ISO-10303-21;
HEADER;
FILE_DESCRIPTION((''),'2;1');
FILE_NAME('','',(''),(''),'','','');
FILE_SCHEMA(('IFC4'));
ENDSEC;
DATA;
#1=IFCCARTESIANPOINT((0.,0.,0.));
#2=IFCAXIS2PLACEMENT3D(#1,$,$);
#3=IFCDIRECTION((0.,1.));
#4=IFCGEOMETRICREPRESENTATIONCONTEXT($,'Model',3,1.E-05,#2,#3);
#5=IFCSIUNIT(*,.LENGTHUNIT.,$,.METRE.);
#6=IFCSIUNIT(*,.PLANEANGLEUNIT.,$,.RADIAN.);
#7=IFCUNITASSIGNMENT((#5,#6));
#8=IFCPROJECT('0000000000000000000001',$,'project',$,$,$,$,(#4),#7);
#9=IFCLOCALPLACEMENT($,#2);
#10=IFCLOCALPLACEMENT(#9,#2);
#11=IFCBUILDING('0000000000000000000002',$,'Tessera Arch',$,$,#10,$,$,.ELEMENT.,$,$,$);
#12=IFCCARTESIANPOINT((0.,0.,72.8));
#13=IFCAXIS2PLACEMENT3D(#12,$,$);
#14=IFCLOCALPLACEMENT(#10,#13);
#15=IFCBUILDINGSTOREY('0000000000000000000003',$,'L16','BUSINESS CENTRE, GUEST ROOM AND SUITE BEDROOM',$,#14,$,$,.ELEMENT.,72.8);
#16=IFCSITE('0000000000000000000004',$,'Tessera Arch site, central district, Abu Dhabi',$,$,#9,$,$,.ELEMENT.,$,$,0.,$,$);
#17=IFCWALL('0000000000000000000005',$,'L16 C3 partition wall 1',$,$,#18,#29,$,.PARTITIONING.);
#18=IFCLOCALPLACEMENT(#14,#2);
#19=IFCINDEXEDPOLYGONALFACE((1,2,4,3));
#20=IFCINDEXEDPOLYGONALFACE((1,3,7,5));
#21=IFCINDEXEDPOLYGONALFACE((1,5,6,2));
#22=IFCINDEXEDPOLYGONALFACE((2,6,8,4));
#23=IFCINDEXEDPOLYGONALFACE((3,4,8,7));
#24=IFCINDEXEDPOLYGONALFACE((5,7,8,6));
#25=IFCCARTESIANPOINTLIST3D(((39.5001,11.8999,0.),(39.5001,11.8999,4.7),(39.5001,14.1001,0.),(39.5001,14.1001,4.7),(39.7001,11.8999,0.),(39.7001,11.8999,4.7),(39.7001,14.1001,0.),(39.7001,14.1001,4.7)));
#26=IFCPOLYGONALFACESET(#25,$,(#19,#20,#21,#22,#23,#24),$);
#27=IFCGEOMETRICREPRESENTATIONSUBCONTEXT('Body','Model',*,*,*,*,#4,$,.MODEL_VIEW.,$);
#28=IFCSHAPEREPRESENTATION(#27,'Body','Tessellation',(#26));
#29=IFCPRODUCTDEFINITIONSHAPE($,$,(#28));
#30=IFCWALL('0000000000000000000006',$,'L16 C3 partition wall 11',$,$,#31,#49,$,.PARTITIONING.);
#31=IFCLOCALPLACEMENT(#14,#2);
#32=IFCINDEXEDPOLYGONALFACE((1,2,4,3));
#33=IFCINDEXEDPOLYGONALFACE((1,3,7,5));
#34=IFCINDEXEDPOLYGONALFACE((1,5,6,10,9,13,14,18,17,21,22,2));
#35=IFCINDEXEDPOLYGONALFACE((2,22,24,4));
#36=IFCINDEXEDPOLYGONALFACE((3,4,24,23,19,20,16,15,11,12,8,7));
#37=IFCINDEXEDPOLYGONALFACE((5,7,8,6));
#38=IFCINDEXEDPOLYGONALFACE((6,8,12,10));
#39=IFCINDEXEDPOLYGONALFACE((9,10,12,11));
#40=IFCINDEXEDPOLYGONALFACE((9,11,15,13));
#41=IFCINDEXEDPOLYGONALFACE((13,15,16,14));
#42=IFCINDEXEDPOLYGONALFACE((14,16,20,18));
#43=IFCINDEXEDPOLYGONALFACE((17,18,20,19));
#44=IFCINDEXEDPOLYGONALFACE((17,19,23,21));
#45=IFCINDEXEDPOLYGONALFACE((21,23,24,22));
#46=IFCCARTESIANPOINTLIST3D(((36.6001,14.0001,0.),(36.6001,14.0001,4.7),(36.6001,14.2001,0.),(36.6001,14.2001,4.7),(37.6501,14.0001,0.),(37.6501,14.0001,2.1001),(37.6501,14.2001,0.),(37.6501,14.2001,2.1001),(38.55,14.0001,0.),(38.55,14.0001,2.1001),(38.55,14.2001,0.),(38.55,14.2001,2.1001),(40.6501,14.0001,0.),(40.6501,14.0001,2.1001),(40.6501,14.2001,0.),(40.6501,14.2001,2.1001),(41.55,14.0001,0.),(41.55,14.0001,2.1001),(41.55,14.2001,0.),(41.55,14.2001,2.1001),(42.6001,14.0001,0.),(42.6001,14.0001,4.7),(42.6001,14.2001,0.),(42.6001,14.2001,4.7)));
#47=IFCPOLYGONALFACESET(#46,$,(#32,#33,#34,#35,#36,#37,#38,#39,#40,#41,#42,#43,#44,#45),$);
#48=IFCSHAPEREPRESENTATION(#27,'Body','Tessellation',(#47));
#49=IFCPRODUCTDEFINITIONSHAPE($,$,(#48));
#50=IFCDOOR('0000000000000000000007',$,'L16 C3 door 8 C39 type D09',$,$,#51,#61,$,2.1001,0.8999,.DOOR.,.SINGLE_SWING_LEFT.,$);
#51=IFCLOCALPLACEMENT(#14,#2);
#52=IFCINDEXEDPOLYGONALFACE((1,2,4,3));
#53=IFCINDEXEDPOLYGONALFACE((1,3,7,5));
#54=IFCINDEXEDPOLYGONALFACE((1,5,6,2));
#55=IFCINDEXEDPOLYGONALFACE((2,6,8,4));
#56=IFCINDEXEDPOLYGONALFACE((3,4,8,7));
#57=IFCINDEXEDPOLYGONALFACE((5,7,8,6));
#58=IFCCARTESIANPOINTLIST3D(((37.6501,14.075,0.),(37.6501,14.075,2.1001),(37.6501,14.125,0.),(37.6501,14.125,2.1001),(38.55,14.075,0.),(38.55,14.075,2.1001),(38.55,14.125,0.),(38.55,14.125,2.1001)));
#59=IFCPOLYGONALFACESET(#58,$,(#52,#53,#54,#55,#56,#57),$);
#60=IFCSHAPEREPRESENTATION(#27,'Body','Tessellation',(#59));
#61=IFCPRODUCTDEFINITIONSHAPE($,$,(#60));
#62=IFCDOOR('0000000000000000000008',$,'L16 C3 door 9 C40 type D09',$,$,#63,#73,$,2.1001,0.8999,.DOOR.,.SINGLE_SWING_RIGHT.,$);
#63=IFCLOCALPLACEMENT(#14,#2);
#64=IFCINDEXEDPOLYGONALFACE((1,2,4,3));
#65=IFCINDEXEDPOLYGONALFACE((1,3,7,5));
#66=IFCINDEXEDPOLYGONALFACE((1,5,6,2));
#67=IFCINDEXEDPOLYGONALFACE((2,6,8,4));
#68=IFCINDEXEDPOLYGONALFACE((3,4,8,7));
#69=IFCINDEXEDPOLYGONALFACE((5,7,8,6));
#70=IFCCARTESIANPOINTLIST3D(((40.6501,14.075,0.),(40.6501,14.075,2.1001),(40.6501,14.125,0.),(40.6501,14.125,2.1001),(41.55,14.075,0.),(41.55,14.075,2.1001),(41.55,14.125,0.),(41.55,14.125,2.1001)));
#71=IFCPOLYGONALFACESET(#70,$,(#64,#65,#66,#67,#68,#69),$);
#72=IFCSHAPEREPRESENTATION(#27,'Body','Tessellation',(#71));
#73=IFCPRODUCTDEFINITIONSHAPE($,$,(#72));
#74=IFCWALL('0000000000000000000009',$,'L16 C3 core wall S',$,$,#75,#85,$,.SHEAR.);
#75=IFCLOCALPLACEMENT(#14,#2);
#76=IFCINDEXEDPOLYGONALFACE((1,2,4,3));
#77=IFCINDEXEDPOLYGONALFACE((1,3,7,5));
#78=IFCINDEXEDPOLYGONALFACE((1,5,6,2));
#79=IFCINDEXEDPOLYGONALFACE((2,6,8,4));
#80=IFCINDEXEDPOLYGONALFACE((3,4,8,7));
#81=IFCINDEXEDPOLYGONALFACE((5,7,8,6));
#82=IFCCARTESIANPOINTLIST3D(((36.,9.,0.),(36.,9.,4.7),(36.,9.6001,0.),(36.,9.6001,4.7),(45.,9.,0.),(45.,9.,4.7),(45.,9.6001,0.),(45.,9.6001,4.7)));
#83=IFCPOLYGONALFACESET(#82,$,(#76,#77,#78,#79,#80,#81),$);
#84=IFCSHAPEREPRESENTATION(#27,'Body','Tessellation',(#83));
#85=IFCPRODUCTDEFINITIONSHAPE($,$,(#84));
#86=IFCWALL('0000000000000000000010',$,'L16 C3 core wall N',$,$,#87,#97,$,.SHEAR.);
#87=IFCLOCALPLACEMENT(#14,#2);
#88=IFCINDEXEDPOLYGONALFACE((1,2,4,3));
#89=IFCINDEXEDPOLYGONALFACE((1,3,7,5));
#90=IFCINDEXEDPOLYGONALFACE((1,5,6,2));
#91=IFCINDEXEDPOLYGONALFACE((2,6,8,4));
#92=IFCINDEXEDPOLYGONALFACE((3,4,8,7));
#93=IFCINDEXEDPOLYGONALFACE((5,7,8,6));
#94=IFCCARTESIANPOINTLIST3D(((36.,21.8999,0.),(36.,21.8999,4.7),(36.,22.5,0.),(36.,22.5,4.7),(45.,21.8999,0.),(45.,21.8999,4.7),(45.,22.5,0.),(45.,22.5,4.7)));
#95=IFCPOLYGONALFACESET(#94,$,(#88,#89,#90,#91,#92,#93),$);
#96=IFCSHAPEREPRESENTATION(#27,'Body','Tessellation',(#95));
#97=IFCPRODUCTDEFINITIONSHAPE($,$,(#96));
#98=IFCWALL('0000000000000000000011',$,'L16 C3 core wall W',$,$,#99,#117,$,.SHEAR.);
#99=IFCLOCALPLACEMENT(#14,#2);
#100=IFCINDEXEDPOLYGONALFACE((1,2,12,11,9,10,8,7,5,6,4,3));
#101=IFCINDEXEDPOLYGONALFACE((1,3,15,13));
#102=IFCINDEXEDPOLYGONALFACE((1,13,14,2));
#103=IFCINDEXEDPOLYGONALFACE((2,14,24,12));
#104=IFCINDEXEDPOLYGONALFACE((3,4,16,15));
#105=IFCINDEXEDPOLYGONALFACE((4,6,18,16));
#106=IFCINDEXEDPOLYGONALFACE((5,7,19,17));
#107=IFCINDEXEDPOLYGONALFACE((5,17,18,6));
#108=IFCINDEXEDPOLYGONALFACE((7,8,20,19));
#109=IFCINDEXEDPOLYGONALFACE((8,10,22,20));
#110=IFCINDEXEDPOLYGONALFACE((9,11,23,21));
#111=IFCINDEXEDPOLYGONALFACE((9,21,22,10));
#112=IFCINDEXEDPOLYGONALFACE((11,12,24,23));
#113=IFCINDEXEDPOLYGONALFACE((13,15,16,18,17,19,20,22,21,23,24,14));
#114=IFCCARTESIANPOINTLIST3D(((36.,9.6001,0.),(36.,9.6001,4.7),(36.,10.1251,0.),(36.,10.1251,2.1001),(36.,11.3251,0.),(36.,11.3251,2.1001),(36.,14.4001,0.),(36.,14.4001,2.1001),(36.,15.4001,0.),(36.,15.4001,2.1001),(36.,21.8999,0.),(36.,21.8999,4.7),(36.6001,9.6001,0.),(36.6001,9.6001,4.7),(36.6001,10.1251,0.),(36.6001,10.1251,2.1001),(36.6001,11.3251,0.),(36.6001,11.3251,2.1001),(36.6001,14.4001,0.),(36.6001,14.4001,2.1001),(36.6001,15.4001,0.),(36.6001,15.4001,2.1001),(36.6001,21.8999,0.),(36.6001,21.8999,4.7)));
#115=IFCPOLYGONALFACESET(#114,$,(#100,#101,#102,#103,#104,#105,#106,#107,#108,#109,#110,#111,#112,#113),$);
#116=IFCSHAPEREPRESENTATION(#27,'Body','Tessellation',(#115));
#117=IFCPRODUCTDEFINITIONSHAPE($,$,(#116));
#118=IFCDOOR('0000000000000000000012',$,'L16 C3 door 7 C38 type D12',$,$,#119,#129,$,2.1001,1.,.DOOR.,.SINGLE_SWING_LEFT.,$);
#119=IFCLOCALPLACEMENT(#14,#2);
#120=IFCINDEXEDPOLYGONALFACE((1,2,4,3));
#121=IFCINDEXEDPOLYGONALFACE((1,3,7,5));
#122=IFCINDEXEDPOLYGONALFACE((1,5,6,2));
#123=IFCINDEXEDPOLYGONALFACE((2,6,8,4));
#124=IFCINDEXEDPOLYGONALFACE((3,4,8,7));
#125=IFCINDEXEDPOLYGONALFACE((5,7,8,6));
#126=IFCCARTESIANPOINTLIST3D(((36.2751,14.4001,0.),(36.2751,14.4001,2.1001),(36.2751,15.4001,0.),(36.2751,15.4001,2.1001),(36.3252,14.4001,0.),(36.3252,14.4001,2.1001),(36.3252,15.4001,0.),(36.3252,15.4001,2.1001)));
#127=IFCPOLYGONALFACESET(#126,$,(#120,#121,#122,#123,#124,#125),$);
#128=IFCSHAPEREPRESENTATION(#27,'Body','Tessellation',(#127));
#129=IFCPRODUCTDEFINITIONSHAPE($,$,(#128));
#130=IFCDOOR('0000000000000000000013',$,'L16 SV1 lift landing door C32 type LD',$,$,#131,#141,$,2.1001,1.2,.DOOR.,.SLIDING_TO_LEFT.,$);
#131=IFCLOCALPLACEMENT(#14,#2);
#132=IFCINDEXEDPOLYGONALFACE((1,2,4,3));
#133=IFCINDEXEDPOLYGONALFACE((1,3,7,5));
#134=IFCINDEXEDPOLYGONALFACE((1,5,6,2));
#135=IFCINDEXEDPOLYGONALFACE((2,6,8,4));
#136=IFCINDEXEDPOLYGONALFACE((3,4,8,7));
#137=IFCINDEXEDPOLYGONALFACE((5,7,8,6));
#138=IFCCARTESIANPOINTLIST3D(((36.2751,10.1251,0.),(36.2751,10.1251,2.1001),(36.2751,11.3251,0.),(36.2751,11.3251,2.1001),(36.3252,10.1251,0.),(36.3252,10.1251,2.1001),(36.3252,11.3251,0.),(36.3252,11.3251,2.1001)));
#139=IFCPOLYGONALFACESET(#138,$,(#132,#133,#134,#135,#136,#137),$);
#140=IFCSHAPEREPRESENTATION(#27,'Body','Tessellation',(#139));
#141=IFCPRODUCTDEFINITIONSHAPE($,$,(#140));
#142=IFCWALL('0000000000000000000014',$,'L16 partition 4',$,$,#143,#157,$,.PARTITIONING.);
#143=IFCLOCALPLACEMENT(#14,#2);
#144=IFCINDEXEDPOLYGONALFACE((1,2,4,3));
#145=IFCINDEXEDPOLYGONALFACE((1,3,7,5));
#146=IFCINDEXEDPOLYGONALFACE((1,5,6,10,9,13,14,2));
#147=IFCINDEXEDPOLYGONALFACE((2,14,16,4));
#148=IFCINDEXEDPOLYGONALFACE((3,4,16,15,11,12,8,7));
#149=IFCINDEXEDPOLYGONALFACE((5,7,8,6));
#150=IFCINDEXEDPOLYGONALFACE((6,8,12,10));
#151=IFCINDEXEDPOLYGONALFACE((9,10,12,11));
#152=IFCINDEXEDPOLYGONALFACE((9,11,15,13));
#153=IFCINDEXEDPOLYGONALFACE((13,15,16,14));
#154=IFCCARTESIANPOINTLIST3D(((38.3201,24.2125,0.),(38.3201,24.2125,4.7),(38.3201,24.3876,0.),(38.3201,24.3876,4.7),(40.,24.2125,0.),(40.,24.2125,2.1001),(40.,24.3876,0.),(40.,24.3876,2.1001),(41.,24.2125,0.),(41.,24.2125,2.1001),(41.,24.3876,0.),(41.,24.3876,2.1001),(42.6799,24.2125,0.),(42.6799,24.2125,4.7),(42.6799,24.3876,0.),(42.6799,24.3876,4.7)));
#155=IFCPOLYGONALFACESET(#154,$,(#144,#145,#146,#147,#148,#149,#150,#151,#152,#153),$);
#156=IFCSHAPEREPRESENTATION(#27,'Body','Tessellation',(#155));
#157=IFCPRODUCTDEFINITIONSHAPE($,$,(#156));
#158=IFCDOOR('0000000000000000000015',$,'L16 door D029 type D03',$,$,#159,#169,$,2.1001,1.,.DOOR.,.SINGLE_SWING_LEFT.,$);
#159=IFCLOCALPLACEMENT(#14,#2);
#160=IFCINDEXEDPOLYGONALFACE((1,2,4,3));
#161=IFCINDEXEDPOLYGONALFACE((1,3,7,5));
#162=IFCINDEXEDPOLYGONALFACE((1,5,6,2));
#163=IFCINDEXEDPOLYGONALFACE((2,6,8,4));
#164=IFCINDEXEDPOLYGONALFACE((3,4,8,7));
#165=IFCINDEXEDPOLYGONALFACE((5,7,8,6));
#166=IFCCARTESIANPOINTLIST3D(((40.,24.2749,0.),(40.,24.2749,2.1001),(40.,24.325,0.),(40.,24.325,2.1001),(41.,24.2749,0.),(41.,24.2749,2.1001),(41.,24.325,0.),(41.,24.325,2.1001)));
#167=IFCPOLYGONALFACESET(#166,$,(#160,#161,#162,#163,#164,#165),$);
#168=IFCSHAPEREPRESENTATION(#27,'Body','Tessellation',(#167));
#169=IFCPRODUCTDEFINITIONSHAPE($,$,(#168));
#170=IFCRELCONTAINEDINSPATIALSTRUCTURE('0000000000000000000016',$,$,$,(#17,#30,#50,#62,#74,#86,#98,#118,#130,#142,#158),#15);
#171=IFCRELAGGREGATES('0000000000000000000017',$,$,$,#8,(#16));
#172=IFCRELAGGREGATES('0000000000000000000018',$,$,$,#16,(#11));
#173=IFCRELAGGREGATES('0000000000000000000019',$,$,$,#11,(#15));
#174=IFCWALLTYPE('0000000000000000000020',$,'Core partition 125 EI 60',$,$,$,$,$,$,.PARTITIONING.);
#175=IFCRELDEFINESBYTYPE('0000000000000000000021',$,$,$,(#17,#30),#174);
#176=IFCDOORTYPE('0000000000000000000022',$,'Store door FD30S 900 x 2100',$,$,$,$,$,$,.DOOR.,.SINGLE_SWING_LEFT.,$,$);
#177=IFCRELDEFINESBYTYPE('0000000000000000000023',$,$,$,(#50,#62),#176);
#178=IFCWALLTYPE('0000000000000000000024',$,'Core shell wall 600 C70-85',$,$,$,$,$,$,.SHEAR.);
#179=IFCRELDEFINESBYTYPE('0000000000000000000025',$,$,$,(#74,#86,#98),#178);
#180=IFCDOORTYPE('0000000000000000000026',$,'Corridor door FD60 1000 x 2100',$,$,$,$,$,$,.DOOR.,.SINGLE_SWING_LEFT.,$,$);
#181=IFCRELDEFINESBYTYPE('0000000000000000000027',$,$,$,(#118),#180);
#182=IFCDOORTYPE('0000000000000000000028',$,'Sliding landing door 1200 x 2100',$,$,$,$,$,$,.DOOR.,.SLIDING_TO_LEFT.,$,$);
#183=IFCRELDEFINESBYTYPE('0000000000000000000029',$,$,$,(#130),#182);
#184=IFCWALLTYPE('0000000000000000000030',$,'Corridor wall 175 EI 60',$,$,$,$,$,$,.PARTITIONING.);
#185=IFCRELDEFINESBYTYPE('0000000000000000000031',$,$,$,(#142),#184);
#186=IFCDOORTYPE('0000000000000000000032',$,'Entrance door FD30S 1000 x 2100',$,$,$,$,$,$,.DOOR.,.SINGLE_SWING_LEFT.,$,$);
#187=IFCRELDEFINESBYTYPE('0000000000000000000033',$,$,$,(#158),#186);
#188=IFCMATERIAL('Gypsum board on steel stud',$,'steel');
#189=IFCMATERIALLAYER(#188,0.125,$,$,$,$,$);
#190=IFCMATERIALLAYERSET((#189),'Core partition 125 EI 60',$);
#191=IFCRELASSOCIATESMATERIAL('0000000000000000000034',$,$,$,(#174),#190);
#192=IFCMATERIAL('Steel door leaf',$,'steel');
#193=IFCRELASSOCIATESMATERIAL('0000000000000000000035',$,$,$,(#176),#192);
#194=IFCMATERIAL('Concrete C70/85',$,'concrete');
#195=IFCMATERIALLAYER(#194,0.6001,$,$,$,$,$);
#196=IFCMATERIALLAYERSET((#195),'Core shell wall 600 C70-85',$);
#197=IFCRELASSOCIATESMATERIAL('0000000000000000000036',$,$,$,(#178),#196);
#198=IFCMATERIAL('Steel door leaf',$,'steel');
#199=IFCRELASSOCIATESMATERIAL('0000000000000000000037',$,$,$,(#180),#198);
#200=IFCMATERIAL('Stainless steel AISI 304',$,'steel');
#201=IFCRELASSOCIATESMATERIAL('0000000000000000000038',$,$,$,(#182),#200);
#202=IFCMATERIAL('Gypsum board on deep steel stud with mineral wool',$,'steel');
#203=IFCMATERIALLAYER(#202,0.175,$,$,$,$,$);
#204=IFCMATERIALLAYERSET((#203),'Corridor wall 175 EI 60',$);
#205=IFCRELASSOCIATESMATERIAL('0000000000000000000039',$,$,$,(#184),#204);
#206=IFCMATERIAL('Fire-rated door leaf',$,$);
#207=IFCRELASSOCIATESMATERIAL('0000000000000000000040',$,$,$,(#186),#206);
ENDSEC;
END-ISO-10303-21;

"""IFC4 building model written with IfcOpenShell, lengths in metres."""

from ifc_helpers import new_model, si_unit, direction, frame, frame_2d, origin, place, context, subcontext, project, spatial, rectangle, extrude, material, layer, layer_set, type_object, element, fill, save


model = new_model("IFC4")

# Units and contexts
model_context = context("Model", 3, precision=1e-05, world=origin(), true_north=direction((0.0, 1.0)))
body_context = subcontext(model_context, "Body", "Model", "MODEL_VIEW")
ifc_project = project(units=[si_unit("LENGTHUNIT", "METRE"), si_unit("PLANEANGLEUNIT", "RADIAN")], contexts=[model_context])

# Site, building, storey
site_placement = place(None, origin())
site = spatial("IfcSite", under=ifc_project, at=site_placement, Name="Tessera Arch site, central district, Abu Dhabi", CompositionType="ELEMENT", RefElevation=0.0)
building_placement = place(site_placement, origin())
building = spatial("IfcBuilding", under=site, at=building_placement, Name="Tessera Arch", CompositionType="ELEMENT")
storey_placement = place(building_placement, frame((0.0, 0.0, 72.8)))
storey = spatial("IfcBuildingStorey", under=building, at=storey_placement, Name="L16", Description="BUSINESS CENTRE, GUEST ROOM AND SUITE BEDROOM", CompositionType="ELEMENT", Elevation=72.8)

# Wall
ifc_material_1 = material(Name="Gypsum board on steel stud", Category="steel")
ifc_layer_1 = layer(ifc_material_1, 0.125)
ifc_layer_set_1 = layer_set([ifc_layer_1], Name="Core partition 125 EI 60")
wall_type_1 = type_object("IfcWallType", Name="Core partition 125 EI 60", PredefinedType="PARTITIONING", material=ifc_layer_set_1)
wall_1_placement = place(storey_placement, frame((39.6001, 11.8999, 0.0), z_axis=(0.0, 0.0, 1.0), x_axis=(0.0, 1.0, 0.0)))
element("IfcWall", 1, at=wall_1_placement, inside=storey, type_object=wall_type_1, Name="L16 C3 partition wall 1", PredefinedType="PARTITIONING", context=body_context, shape_type="SweptSolid", body=[
    extrude(rectangle(XDim=2.2002, YDim=0.2, at=frame_2d((1.1001, 0.0))), origin(), (0.0, 0.0, 1.0), 4.7),
])

# Wall, openings, doors
wall_2_placement = place(storey_placement, frame((36.6001, 14.1001, 0.0), z_axis=(0.0, 0.0, 1.0), x_axis=(1.0, 0.0, 0.0)))
wall_2 = element("IfcWall", 2, at=wall_2_placement, inside=storey, type_object=wall_type_1, Name="L16 C3 partition wall 11", PredefinedType="PARTITIONING", context=body_context, shape_type="SweptSolid", body=[
    extrude(rectangle(XDim=6.0, YDim=0.2, at=frame_2d((3.0, 0.0))), origin(), (0.0, 0.0, 1.0), 4.7),
])
opening_1_placement = place(wall_2_placement, frame((1.05, 0.0, 0.0)))
opening_1 = element("IfcOpeningElement", 3, at=opening_1_placement, cuts=wall_2, PredefinedType="OPENING", context=body_context, shape_type="SweptSolid", body=[
    extrude(rectangle(XDim=0.8999, YDim=2.1001, at=frame_2d((0.45, 1.05))), frame((0.0, 0.1099, 0.0), z_axis=(0.0, -1.0, 0.0), x_axis=(1.0, 0.0, 0.0)), (0.0, 0.0, 1.0), 0.22),
])
opening_2_placement = place(wall_2_placement, frame((4.05, 0.0, 0.0)))
opening_2 = element("IfcOpeningElement", 4, at=opening_2_placement, cuts=wall_2, PredefinedType="OPENING", context=body_context, shape_type="SweptSolid", body=[
    extrude(rectangle(XDim=0.8999, YDim=2.1001, at=frame_2d((0.45, 1.05))), frame((0.0, 0.1099, 0.0), z_axis=(0.0, -1.0, 0.0), x_axis=(1.0, 0.0, 0.0)), (0.0, 0.0, 1.0), 0.22),
])
ifc_material_2 = material(Name="Steel door leaf", Category="steel")
door_type_1 = type_object("IfcDoorType", Name="Store door FD30S 900 x 2100", OperationType="SINGLE_SWING_LEFT", PredefinedType="DOOR", material=ifc_material_2)
door_1_placement = place(opening_1_placement, origin())
door_1 = element("IfcDoor", 5, at=door_1_placement, inside=storey, type_object=door_type_1, Name="L16 C3 door 8 C39 type D09", OperationType="SINGLE_SWING_LEFT", OverallHeight=2.1001, OverallWidth=0.8999, PredefinedType="DOOR", context=body_context, shape_type="SweptSolid", body=[
    extrude(rectangle(XDim=0.8999, YDim=2.1001, at=frame_2d((0.45, 1.05))), frame((0.0, 0.0249, 0.0), z_axis=(0.0, -1.0, 0.0), x_axis=(1.0, 0.0, 0.0)), (0.0, 0.0, 1.0), 0.05),
])
fill(opening_1, door_1)
door_2_placement = place(opening_2_placement, origin())
door_2 = element("IfcDoor", 6, at=door_2_placement, inside=storey, type_object=door_type_1, Name="L16 C3 door 9 C40 type D09", OperationType="SINGLE_SWING_RIGHT", OverallHeight=2.1001, OverallWidth=0.8999, PredefinedType="DOOR", context=body_context, shape_type="SweptSolid", body=[
    extrude(rectangle(XDim=0.8999, YDim=2.1001, at=frame_2d((0.45, 1.05))), frame((0.0, 0.0249, 0.0), z_axis=(0.0, -1.0, 0.0), x_axis=(1.0, 0.0, 0.0)), (0.0, 0.0, 1.0), 0.05),
])
fill(opening_2, door_2)

# Walls
ifc_material_3 = material(Name="Concrete C70/85", Category="concrete")
ifc_layer_2 = layer(ifc_material_3, 0.6001)
ifc_layer_set_2 = layer_set([ifc_layer_2], Name="Core shell wall 600 C70-85")
wall_type_2 = type_object("IfcWallType", Name="Core shell wall 600 C70-85", PredefinedType="SHEAR", material=ifc_layer_set_2)
for number, where, z_axis, x_axis, name in (
    (7, (36.0, 9.3, 0.0), (0.0, 0.0, 1.0), (1.0, 0.0, 0.0), "L16 C3 core wall S"),
    (8, (36.0, 22.2, 0.0), (0.0, 0.0, 1.0), (1.0, 0.0, 0.0), "L16 C3 core wall N"),
):
    element("IfcWall", number, at=place(storey_placement, frame(where, z_axis=z_axis, x_axis=x_axis)), inside=storey, type_object=wall_type_2, Name=name, PredefinedType="SHEAR", context=body_context, shape_type="SweptSolid", body=[
        extrude(rectangle(XDim=9.0, YDim=0.6001, at=frame_2d((4.5, 0.0))), origin(), (0.0, 0.0, 1.0), 4.7),
    ])

# Wall, openings, doors
wall_3_placement = place(storey_placement, frame((36.3, 9.6001, 0.0), z_axis=(0.0, 0.0, 1.0), x_axis=(0.0, 1.0, 0.0)))
wall_3 = element("IfcWall", 9, at=wall_3_placement, inside=storey, type_object=wall_type_2, Name="L16 C3 core wall W", PredefinedType="SHEAR", context=body_context, shape_type="SweptSolid", body=[
    extrude(rectangle(XDim=12.2998, YDim=0.6001, at=frame_2d((6.1499, 0.0))), origin(), (0.0, 0.0, 1.0), 4.7),
])
opening_3_placement = place(wall_3_placement, frame((0.5249, 0.0, 0.0)))
opening_3 = element("IfcOpeningElement", 10, at=opening_3_placement, cuts=wall_3, PredefinedType="OPENING", context=body_context, shape_type="SweptSolid", body=[
    extrude(rectangle(XDim=1.2, YDim=2.1001, at=frame_2d((0.6001, 1.05))), frame((0.0, 0.3101, 0.0), z_axis=(0.0, -1.0, 0.0), x_axis=(1.0, 0.0, 0.0)), (0.0, 0.0, 1.0), 0.6201),
])
opening_4_placement = place(wall_3_placement, frame((4.8, 0.0, 0.0)))
opening_4 = element("IfcOpeningElement", 11, at=opening_4_placement, cuts=wall_3, PredefinedType="OPENING", context=body_context, shape_type="SweptSolid", body=[
    extrude(rectangle(XDim=1.0, YDim=2.1001, at=frame_2d((0.5, 1.05))), frame((0.0, 0.3101, 0.0), z_axis=(0.0, -1.0, 0.0), x_axis=(1.0, 0.0, 0.0)), (0.0, 0.0, 1.0), 0.6201),
])
ifc_material_4 = material(Name="Steel door leaf", Category="steel")
door_type_2 = type_object("IfcDoorType", Name="Corridor door FD60 1000 x 2100", OperationType="SINGLE_SWING_LEFT", PredefinedType="DOOR", material=ifc_material_4)
door_3_placement = place(opening_4_placement, origin())
door_3 = element("IfcDoor", 12, at=door_3_placement, inside=storey, type_object=door_type_2, Name="L16 C3 door 7 C38 type D12", OperationType="SINGLE_SWING_LEFT", OverallHeight=2.1001, OverallWidth=1.0, PredefinedType="DOOR", context=body_context, shape_type="SweptSolid", body=[
    extrude(rectangle(XDim=1.0, YDim=2.1001, at=frame_2d((0.5, 1.05))), frame((0.0, 0.0249, 0.0), z_axis=(0.0, -1.0, 0.0), x_axis=(1.0, 0.0, 0.0)), (0.0, 0.0, 1.0), 0.05),
])
fill(opening_4, door_3)
ifc_material_5 = material(Name="Stainless steel AISI 304", Category="steel")
door_type_3 = type_object("IfcDoorType", Name="Sliding landing door 1200 x 2100", OperationType="SLIDING_TO_LEFT", PredefinedType="DOOR", material=ifc_material_5)
door_4_placement = place(opening_3_placement, origin())
door_4 = element("IfcDoor", 13, at=door_4_placement, inside=storey, type_object=door_type_3, Name="L16 SV1 lift landing door C32 type LD", OperationType="SLIDING_TO_LEFT", OverallHeight=2.1001, OverallWidth=1.2, PredefinedType="DOOR", context=body_context, shape_type="SweptSolid", body=[
    extrude(rectangle(XDim=1.2, YDim=2.1001, at=frame_2d((0.6001, 1.05))), frame((0.0, 0.0249, 0.0), z_axis=(0.0, -1.0, 0.0), x_axis=(1.0, 0.0, 0.0)), (0.0, 0.0, 1.0), 0.05),
])
fill(opening_3, door_4)

# Wall, opening, door
ifc_material_6 = material(Name="Gypsum board on deep steel stud with mineral wool", Category="steel")
ifc_layer_3 = layer(ifc_material_6, 0.175)
ifc_layer_set_3 = layer_set([ifc_layer_3], Name="Corridor wall 175 EI 60")
wall_type_3 = type_object("IfcWallType", Name="Corridor wall 175 EI 60", PredefinedType="PARTITIONING", material=ifc_layer_set_3)
wall_4_placement = place(storey_placement, frame((38.3201, 24.3, 0.0), z_axis=(0.0, 0.0, 1.0), x_axis=(1.0, 0.0, 0.0)))
wall_4 = element("IfcWall", 14, at=wall_4_placement, inside=storey, type_object=wall_type_3, Name="L16 partition 4", PredefinedType="PARTITIONING", context=body_context, shape_type="SweptSolid", body=[
    extrude(rectangle(XDim=4.3599, YDim=0.175, at=frame_2d((2.1799, 0.0))), origin(), (0.0, 0.0, 1.0), 4.7),
])
opening_5_placement = place(wall_4_placement, frame((1.6799, 0.0, 0.0)))
opening_5 = element("IfcOpeningElement", 15, at=opening_5_placement, cuts=wall_4, PredefinedType="OPENING", context=body_context, shape_type="SweptSolid", body=[
    extrude(rectangle(XDim=1.0, YDim=2.1001, at=frame_2d((0.5, 1.05))), frame((0.0, 0.0974, 0.0), z_axis=(0.0, -1.0, 0.0), x_axis=(1.0, 0.0, 0.0)), (0.0, 0.0, 1.0), 0.1951),
])
ifc_material_7 = material(Name="Fire-rated door leaf")
door_type_4 = type_object("IfcDoorType", Name="Entrance door FD30S 1000 x 2100", OperationType="SINGLE_SWING_LEFT", PredefinedType="DOOR", material=ifc_material_7)
door_5_placement = place(opening_5_placement, origin())
door_5 = element("IfcDoor", 16, at=door_5_placement, inside=storey, type_object=door_type_4, Name="L16 door D029 type D03", OperationType="SINGLE_SWING_LEFT", OverallHeight=2.1001, OverallWidth=1.0, PredefinedType="DOOR", context=body_context, shape_type="SweptSolid", body=[
    extrude(rectangle(XDim=1.0, YDim=2.1001, at=frame_2d((0.5, 1.05))), frame((0.0, 0.0249, 0.0), z_axis=(0.0, -1.0, 0.0), x_axis=(1.0, 0.0, 0.0)), (0.0, 0.0, 1.0), 0.05),
])
fill(opening_5, door_5)

save(model, "model.ifc")
